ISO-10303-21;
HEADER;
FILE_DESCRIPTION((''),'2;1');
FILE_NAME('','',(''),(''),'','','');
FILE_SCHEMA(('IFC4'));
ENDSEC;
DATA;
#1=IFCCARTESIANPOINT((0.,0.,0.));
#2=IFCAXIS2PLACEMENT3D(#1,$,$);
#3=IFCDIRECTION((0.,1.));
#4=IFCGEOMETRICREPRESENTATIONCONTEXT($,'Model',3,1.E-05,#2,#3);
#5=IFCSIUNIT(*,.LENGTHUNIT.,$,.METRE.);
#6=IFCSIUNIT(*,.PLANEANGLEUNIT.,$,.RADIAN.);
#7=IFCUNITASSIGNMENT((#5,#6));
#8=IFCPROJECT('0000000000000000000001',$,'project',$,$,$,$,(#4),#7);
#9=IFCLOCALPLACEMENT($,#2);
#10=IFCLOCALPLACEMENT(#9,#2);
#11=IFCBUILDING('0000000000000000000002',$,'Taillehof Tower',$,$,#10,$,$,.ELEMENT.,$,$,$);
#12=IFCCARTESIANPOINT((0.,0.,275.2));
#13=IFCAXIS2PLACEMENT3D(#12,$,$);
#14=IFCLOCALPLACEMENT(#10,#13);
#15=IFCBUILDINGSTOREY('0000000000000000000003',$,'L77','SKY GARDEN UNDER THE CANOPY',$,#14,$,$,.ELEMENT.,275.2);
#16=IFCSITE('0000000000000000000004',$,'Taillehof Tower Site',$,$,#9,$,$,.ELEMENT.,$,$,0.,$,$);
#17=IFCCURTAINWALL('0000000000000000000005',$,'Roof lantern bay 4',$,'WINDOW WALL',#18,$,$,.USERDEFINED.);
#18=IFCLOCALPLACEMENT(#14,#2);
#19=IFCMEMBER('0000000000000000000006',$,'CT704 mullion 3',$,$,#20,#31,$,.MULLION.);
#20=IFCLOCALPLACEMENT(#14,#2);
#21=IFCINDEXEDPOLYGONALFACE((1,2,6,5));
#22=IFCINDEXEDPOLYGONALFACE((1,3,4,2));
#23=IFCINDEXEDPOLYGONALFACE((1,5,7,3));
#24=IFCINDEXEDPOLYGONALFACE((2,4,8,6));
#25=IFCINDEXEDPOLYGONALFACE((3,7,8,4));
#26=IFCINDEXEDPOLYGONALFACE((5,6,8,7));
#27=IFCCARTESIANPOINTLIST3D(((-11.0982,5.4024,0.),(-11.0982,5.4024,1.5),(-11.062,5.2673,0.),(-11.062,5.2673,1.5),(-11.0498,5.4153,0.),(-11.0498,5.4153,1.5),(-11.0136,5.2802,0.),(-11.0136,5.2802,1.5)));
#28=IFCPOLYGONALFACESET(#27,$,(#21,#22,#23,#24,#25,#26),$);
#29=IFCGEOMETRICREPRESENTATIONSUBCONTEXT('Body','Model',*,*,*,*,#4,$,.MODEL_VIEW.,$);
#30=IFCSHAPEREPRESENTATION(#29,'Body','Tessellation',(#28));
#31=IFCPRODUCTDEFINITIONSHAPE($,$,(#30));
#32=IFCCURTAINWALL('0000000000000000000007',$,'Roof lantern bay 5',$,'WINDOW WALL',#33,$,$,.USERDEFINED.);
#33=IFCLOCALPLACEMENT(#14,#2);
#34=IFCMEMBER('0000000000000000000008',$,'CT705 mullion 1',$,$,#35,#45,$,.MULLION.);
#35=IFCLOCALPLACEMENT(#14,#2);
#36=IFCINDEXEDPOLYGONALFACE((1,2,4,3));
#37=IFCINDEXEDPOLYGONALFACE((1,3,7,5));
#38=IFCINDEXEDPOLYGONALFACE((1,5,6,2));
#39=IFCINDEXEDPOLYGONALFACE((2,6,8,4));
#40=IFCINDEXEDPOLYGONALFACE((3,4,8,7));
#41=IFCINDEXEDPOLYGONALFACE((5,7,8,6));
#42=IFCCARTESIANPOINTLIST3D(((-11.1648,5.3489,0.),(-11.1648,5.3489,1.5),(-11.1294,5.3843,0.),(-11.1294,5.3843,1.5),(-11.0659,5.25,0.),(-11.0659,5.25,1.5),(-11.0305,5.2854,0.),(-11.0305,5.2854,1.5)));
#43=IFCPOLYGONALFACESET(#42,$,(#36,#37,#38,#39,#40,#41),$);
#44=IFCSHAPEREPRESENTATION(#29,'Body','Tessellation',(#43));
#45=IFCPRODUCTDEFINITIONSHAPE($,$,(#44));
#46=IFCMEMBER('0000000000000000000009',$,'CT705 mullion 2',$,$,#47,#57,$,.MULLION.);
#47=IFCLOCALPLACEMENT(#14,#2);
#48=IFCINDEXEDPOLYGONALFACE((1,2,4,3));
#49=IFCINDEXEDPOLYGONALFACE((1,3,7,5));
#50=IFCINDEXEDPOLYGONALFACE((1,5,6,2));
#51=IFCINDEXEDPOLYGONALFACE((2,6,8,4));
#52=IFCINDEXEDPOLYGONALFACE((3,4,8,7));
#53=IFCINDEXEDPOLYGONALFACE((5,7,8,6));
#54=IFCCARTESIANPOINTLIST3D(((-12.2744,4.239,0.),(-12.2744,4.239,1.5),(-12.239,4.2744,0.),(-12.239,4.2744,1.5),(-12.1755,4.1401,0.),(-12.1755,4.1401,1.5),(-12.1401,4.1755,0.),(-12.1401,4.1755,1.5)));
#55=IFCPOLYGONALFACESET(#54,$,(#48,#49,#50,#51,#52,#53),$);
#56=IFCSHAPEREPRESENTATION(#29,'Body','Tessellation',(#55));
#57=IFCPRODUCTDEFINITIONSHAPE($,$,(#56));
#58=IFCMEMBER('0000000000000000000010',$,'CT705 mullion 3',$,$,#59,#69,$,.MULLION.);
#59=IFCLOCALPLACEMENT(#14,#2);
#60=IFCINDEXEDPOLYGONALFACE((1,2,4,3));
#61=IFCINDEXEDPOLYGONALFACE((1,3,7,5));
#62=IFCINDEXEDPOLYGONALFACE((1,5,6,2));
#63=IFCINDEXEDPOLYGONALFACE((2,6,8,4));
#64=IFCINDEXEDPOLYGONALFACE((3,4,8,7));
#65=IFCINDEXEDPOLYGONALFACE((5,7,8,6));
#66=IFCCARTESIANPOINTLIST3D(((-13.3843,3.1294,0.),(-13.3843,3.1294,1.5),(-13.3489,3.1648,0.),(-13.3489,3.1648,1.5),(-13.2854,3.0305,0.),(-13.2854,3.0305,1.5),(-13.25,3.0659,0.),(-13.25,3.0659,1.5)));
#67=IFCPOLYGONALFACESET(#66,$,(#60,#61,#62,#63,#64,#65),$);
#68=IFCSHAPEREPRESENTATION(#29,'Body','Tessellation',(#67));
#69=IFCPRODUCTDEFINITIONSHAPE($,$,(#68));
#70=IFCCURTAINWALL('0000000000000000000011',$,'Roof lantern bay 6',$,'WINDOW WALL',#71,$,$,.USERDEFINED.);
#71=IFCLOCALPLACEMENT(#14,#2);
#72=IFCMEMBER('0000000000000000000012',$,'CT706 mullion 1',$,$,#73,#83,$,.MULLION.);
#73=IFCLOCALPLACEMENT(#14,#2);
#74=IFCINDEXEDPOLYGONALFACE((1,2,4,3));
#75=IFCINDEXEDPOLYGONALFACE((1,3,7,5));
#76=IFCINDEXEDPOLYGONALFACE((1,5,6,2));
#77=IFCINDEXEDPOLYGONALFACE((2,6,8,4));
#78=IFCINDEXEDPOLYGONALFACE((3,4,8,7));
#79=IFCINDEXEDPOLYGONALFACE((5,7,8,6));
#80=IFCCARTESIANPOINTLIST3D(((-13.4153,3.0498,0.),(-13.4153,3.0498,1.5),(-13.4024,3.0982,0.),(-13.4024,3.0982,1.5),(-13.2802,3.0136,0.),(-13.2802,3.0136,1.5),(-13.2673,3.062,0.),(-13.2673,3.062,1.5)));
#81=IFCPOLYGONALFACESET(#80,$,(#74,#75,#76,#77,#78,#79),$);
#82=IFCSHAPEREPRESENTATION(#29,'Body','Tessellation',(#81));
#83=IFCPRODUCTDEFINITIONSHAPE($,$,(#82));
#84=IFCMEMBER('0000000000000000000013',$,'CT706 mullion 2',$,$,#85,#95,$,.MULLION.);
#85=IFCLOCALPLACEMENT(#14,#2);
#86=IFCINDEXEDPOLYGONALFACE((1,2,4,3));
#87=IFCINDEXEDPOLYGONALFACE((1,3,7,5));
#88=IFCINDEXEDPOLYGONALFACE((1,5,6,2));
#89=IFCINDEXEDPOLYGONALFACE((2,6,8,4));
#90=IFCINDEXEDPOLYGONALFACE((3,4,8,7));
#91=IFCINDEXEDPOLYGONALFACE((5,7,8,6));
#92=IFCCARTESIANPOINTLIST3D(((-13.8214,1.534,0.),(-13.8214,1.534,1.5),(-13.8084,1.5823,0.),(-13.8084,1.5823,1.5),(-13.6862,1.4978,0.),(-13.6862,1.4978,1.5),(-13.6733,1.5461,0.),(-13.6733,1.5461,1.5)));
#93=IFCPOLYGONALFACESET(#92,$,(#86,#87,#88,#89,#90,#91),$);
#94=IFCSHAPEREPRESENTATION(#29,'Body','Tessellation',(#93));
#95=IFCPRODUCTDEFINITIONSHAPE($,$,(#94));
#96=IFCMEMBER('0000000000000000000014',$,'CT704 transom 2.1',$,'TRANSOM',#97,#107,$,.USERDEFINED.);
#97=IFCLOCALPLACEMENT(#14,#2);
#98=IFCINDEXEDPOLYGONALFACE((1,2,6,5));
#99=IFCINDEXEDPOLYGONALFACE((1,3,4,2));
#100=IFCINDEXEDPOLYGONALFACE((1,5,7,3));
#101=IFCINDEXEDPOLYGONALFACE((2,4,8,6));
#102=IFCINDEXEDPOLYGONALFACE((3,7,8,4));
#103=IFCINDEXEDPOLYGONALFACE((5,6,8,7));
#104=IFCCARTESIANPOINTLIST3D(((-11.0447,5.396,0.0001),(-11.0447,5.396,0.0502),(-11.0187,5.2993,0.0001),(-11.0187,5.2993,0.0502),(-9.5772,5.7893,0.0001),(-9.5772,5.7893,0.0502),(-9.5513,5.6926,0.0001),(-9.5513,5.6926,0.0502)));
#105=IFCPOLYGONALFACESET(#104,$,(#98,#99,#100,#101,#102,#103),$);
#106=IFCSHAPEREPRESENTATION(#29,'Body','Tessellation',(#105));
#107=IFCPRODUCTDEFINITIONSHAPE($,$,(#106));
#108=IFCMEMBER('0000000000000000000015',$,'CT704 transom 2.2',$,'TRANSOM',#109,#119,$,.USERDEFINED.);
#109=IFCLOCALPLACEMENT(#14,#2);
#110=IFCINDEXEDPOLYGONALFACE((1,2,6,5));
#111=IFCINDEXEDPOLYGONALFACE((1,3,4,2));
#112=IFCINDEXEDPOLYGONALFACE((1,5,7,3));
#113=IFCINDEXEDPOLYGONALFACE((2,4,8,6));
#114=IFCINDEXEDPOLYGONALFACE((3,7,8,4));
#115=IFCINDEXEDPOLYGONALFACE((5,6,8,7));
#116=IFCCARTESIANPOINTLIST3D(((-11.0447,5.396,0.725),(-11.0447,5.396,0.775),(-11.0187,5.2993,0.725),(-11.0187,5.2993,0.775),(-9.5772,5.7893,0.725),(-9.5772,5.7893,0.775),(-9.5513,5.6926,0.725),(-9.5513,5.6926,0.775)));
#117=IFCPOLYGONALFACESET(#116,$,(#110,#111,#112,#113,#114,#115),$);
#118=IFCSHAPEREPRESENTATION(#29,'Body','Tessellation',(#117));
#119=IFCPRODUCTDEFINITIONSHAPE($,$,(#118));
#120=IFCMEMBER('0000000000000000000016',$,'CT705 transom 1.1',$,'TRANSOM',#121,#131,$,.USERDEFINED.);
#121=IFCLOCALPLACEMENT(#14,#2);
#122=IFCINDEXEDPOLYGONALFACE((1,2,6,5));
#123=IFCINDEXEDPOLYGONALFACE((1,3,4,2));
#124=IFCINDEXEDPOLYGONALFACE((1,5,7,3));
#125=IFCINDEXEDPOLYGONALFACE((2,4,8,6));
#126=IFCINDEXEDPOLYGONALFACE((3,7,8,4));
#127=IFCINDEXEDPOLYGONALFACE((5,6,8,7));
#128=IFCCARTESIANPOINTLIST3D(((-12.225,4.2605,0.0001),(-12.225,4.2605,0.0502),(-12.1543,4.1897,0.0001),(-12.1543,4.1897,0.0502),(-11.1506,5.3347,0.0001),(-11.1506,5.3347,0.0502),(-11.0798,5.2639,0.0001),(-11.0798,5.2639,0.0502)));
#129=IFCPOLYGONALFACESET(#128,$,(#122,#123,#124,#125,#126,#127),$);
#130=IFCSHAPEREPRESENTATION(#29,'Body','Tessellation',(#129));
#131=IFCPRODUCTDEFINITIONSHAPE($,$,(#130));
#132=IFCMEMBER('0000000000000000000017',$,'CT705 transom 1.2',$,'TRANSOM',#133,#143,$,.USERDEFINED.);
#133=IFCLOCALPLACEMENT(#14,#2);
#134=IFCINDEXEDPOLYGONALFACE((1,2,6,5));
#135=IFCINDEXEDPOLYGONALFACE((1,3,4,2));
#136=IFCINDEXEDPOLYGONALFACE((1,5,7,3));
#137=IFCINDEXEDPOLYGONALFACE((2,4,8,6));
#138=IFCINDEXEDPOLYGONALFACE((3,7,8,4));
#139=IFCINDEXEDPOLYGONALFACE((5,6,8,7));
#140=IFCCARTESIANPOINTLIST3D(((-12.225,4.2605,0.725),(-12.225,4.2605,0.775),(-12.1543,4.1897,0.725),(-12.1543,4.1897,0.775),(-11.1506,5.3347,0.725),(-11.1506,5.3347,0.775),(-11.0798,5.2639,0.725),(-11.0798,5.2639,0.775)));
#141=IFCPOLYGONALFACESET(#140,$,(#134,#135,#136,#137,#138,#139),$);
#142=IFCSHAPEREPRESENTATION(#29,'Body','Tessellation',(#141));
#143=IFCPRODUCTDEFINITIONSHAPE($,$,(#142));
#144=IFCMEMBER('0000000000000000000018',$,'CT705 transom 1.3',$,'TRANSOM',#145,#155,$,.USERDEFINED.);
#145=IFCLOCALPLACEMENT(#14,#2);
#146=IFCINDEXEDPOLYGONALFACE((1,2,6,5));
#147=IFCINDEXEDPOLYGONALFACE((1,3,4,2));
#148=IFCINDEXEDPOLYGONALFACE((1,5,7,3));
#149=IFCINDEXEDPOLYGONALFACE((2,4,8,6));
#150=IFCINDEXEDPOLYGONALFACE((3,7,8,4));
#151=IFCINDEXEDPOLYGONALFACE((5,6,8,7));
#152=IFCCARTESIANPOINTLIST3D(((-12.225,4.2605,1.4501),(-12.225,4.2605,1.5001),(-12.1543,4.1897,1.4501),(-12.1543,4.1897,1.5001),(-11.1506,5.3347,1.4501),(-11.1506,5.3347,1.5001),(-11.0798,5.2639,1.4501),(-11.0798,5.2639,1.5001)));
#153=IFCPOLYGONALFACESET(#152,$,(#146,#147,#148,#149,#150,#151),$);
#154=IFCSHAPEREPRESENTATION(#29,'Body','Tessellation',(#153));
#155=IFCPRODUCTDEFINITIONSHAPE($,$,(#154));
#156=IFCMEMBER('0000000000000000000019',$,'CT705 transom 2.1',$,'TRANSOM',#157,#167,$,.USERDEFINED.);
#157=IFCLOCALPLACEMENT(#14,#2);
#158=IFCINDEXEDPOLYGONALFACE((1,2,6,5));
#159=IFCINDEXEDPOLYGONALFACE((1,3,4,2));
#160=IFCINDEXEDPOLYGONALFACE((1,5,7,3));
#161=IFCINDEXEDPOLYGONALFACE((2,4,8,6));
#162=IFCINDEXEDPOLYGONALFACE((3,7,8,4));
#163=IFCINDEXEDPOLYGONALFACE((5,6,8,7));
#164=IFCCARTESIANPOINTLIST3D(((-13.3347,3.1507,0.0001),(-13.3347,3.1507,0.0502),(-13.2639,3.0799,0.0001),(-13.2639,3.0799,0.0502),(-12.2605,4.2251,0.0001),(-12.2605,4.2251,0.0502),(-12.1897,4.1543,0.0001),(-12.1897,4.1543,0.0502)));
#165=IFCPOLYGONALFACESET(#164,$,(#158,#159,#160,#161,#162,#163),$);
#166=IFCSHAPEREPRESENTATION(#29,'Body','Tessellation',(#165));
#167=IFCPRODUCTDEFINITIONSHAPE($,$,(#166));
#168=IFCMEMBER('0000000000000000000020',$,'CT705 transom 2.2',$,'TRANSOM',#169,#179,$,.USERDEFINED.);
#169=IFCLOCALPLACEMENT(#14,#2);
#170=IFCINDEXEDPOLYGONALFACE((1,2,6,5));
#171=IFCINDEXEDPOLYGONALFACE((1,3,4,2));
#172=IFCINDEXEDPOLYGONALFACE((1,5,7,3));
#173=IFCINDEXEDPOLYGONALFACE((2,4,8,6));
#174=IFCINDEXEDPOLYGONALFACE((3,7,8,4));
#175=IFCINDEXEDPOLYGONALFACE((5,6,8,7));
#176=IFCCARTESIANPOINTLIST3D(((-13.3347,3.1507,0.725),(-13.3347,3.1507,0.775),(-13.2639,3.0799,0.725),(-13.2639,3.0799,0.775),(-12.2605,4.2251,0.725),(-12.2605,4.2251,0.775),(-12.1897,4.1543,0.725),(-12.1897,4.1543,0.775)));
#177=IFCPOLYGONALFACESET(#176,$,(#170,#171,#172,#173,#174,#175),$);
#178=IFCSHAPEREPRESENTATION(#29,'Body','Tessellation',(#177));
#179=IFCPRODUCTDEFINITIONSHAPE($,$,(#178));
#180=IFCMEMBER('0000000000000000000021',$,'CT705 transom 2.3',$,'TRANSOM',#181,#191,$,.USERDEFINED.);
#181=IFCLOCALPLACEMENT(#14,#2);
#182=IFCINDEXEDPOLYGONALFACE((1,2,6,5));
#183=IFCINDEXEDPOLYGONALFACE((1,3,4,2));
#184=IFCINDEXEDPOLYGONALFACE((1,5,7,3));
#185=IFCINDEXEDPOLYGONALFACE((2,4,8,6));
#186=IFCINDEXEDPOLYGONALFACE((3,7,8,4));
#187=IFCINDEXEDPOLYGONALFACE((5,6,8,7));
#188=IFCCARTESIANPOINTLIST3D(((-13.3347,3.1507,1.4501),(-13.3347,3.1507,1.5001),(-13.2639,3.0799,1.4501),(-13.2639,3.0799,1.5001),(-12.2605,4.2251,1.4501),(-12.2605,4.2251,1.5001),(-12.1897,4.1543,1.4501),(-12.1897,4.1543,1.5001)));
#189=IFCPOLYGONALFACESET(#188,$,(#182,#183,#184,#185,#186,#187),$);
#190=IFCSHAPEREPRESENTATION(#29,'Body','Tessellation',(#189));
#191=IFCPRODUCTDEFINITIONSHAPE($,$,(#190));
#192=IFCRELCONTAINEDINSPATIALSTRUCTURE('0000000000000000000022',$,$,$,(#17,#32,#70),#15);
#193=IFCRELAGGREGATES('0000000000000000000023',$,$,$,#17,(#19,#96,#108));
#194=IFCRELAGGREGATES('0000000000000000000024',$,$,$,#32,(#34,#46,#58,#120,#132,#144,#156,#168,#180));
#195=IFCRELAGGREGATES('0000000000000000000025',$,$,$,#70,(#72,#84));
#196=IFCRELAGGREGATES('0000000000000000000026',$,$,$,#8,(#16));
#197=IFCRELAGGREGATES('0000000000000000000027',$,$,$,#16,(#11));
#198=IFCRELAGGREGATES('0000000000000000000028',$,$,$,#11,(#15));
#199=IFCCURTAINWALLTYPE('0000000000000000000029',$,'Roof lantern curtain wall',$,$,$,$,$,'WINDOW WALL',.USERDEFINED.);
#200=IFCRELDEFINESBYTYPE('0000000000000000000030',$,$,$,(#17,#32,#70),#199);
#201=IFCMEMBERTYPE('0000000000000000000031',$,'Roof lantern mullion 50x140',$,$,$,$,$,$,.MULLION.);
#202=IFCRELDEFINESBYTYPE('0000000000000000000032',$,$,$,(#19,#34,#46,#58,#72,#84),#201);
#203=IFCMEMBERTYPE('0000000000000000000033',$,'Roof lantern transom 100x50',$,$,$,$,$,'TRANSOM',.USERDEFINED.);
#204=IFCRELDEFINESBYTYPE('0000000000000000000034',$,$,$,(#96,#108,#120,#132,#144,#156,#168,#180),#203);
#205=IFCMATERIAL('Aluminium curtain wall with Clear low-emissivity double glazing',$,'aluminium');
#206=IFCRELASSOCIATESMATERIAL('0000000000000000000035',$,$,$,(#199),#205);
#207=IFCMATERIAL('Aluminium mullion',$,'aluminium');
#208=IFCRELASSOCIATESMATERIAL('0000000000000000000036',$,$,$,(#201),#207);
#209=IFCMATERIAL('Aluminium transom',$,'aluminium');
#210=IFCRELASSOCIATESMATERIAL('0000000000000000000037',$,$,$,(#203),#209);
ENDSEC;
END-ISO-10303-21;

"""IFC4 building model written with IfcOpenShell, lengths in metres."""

from ifc_helpers import new_model, si_unit, direction, frame, origin, origin_2d, place, context, subcontext, project, spatial, rectangle, extrude, material, material_profile, profile_set, type_object, element, aggregate, save


model = new_model("IFC4")

# Units and contexts
model_context = context("Model", 3, precision=1e-05, world=origin(), true_north=direction((0.0, 1.0)))
body_context = subcontext(model_context, "Body", "Model", "MODEL_VIEW")
ifc_project = project(units=[si_unit("LENGTHUNIT", "METRE"), si_unit("PLANEANGLEUNIT", "RADIAN")], contexts=[model_context])

# Site, building, storey
site_placement = place(None, origin())
site = spatial("IfcSite", under=ifc_project, at=site_placement, Name="Taillehof Tower Site", CompositionType="ELEMENT", RefElevation=0.0)
building_placement = place(site_placement, origin())
building = spatial("IfcBuilding", under=site, at=building_placement, Name="Taillehof Tower", CompositionType="ELEMENT")
storey_placement = place(building_placement, frame((0.0, 0.0, 275.2)))
storey = spatial("IfcBuildingStorey", under=building, at=storey_placement, Name="L77", Description="SKY GARDEN UNDER THE CANOPY", CompositionType="ELEMENT", Elevation=275.2)

# Curtain wall, member
ifc_material_1 = material(Name="Aluminium curtain wall with Clear low-emissivity double glazing", Category="aluminium")
curtain_wall_type = type_object("IfcCurtainWallType", Name="Roof lantern curtain wall", ElementType="WINDOW WALL", PredefinedType="USERDEFINED", material=ifc_material_1)
curtain_wall_1_placement = place(storey_placement, origin())
curtain_wall_1 = element("IfcCurtainWall", 1, at=curtain_wall_1_placement, inside=storey, type_object=curtain_wall_type, Name="Roof lantern bay 4", ObjectType="WINDOW WALL", PredefinedType="USERDEFINED")
ifc_material_2 = material(Name="Aluminium mullion", Category="aluminium")
ifc_material_profile_1 = material_profile(ifc_material_2, rectangle(XDim=0.1399, YDim=0.05, at=origin_2d()), Name="AL 50x140")
ifc_profile_set_1 = profile_set([ifc_material_profile_1], Name="Aluminium mullion")
member_type_1 = type_object("IfcMemberType", Name="Roof lantern mullion 50x140", PredefinedType="MULLION", material=ifc_profile_set_1)
member_1_placement = place(storey_placement, frame((-11.0559, 5.3413, 0.0), z_axis=(0.0, 0.0, 1.0), x_axis=(0.258819, -0.965926, 0.0)))
member_1 = element("IfcMember", 2, at=member_1_placement, type_object=member_type_1, Name="CT704 mullion 3", PredefinedType="MULLION", context=body_context, shape_type="SweptSolid", body=[
    extrude(rectangle(XDim=0.1399, YDim=0.05, at=origin_2d()), origin(), (0.0, 0.0, 1.0), 1.5),
])

# Curtain walls, members
curtain_wall_2_placement = place(storey_placement, origin())
curtain_wall_2 = element("IfcCurtainWall", 3, at=curtain_wall_2_placement, inside=storey, type_object=curtain_wall_type, Name="Roof lantern bay 5", ObjectType="WINDOW WALL", PredefinedType="USERDEFINED")
member_2_placement = place(storey_placement, frame((-11.0977, 5.3171, 0.0), z_axis=(0.0, 0.0, 1.0), x_axis=(0.707107, -0.707107, 0.0)))
member_2 = element("IfcMember", 4, at=member_2_placement, type_object=member_type_1, Name="CT705 mullion 1", PredefinedType="MULLION", context=body_context, shape_type="SweptSolid", body=[
    extrude(rectangle(XDim=0.1399, YDim=0.05, at=origin_2d()), origin(), (0.0, 0.0, 1.0), 1.5),
])
member_3_placement = place(storey_placement, frame((-12.2073, 4.2073, 0.0), z_axis=(0.0, 0.0, 1.0), x_axis=(0.707107, -0.707107, 0.0)))
member_3 = element("IfcMember", 5, at=member_3_placement, type_object=member_type_1, Name="CT705 mullion 2", PredefinedType="MULLION", context=body_context, shape_type="SweptSolid", body=[
    extrude(rectangle(XDim=0.1399, YDim=0.05, at=origin_2d()), origin(), (0.0, 0.0, 1.0), 1.5),
])
member_4_placement = place(storey_placement, frame((-13.3171, 3.0977, 0.0), z_axis=(0.0, 0.0, 1.0), x_axis=(0.707107, -0.707107, 0.0)))
member_4 = element("IfcMember", 6, at=member_4_placement, type_object=member_type_1, Name="CT705 mullion 3", PredefinedType="MULLION", context=body_context, shape_type="SweptSolid", body=[
    extrude(rectangle(XDim=0.1399, YDim=0.05, at=origin_2d()), origin(), (0.0, 0.0, 1.0), 1.5),
])
curtain_wall_3_placement = place(storey_placement, origin())
curtain_wall_3 = element("IfcCurtainWall", 7, at=curtain_wall_3_placement, inside=storey, type_object=curtain_wall_type, Name="Roof lantern bay 6", ObjectType="WINDOW WALL", PredefinedType="USERDEFINED")
member_5_placement = place(storey_placement, frame((-13.3413, 3.0559, 0.0), z_axis=(0.0, 0.0, 1.0), x_axis=(0.965926, -0.258819, 0.0)))
member_5 = element("IfcMember", 8, at=member_5_placement, type_object=member_type_1, Name="CT706 mullion 1", PredefinedType="MULLION", context=body_context, shape_type="SweptSolid", body=[
    extrude(rectangle(XDim=0.1399, YDim=0.05, at=origin_2d()), origin(), (0.0, 0.0, 1.0), 1.5),
])
member_6_placement = place(storey_placement, frame((-13.7473, 1.54, 0.0), z_axis=(0.0, 0.0, 1.0), x_axis=(0.965926, -0.258819, 0.0)))
member_6 = element("IfcMember", 9, at=member_6_placement, type_object=member_type_1, Name="CT706 mullion 2", PredefinedType="MULLION", context=body_context, shape_type="SweptSolid", body=[
    extrude(rectangle(XDim=0.1399, YDim=0.05, at=origin_2d()), origin(), (0.0, 0.0, 1.0), 1.5),
])

# Members
ifc_material_3 = material(Name="Aluminium transom", Category="aluminium")
ifc_material_profile_2 = material_profile(ifc_material_3, rectangle(XDim=0.1001, YDim=0.05, at=origin_2d()), Name="AL 100x50")
ifc_profile_set_2 = profile_set([ifc_material_profile_2], Name="Aluminium transom")
member_type_2 = type_object("IfcMemberType", Name="Roof lantern transom 100x50", ElementType="TRANSOM", PredefinedType="USERDEFINED", material=ifc_profile_set_2)
member_7_placement = place(storey_placement, frame((-9.5642, 5.741, 0.0251), z_axis=(-0.965911, -0.258873, 0.0), x_axis=(0.258873, -0.965911, 0.0)))
member_7 = element("IfcMember", 10, at=member_7_placement, type_object=member_type_2, Name="CT704 transom 2.1", ObjectType="TRANSOM", PredefinedType="USERDEFINED", context=body_context, shape_type="SweptSolid", body=[
    extrude(rectangle(XDim=0.1001, YDim=0.05, at=origin_2d()), origin(), (0.0, 0.0, 1.0), 1.5193),
])
member_8_placement = place(storey_placement, frame((-9.5642, 5.741, 0.75), z_axis=(-0.965911, -0.258873, 0.0), x_axis=(0.258873, -0.965911, 0.0)))
member_8 = element("IfcMember", 11, at=member_8_placement, type_object=member_type_2, Name="CT704 transom 2.2", ObjectType="TRANSOM", PredefinedType="USERDEFINED", context=body_context, shape_type="SweptSolid", body=[
    extrude(rectangle(XDim=0.1001, YDim=0.05, at=origin_2d()), origin(), (0.0, 0.0, 1.0), 1.5193),
])
member_9_placement = place(storey_placement, frame((-11.1152, 5.2993, 0.0251), z_axis=(-0.707187, -0.707026, 0.0), x_axis=(0.707026, -0.707187, 0.0)))
member_9 = element("IfcMember", 12, at=member_9_placement, type_object=member_type_2, Name="CT705 transom 1.1", ObjectType="TRANSOM", PredefinedType="USERDEFINED", context=body_context, shape_type="SweptSolid", body=[
    extrude(rectangle(XDim=0.1001, YDim=0.05, at=origin_2d()), origin(), (0.0, 0.0, 1.0), 1.5193),
])
member_10_placement = place(storey_placement, frame((-11.1152, 5.2993, 0.75), z_axis=(-0.707187, -0.707026, 0.0), x_axis=(0.707026, -0.707187, 0.0)))
member_10 = element("IfcMember", 13, at=member_10_placement, type_object=member_type_2, Name="CT705 transom 1.2", ObjectType="TRANSOM", PredefinedType="USERDEFINED", context=body_context, shape_type="SweptSolid", body=[
    extrude(rectangle(XDim=0.1001, YDim=0.05, at=origin_2d()), origin(), (0.0, 0.0, 1.0), 1.5193),
])
member_11_placement = place(storey_placement, frame((-11.1152, 5.2993, 1.4751), z_axis=(-0.707187, -0.707026, 0.0), x_axis=(0.707026, -0.707187, 0.0)))
member_11 = element("IfcMember", 14, at=member_11_placement, type_object=member_type_2, Name="CT705 transom 1.3", ObjectType="TRANSOM", PredefinedType="USERDEFINED", context=body_context, shape_type="SweptSolid", body=[
    extrude(rectangle(XDim=0.1001, YDim=0.05, at=origin_2d()), origin(), (0.0, 0.0, 1.0), 1.5193),
])
member_12_placement = place(storey_placement, frame((-12.2251, 4.1897, 0.0251), z_axis=(-0.707026, -0.707187, 0.0), x_axis=(0.707187, -0.707026, 0.0)))
member_12 = element("IfcMember", 15, at=member_12_placement, type_object=member_type_2, Name="CT705 transom 2.1", ObjectType="TRANSOM", PredefinedType="USERDEFINED", context=body_context, shape_type="SweptSolid", body=[
    extrude(rectangle(XDim=0.1001, YDim=0.05, at=origin_2d()), origin(), (0.0, 0.0, 1.0), 1.5193),
])
member_13_placement = place(storey_placement, frame((-12.2251, 4.1897, 0.75), z_axis=(-0.707026, -0.707187, 0.0), x_axis=(0.707187, -0.707026, 0.0)))
member_13 = element("IfcMember", 16, at=member_13_placement, type_object=member_type_2, Name="CT705 transom 2.2", ObjectType="TRANSOM", PredefinedType="USERDEFINED", context=body_context, shape_type="SweptSolid", body=[
    extrude(rectangle(XDim=0.1001, YDim=0.05, at=origin_2d()), origin(), (0.0, 0.0, 1.0), 1.5193),
])
member_14_placement = place(storey_placement, frame((-12.2251, 4.1897, 1.4751), z_axis=(-0.707026, -0.707187, 0.0), x_axis=(0.707187, -0.707026, 0.0)))
member_14 = element("IfcMember", 17, at=member_14_placement, type_object=member_type_2, Name="CT705 transom 2.3", ObjectType="TRANSOM", PredefinedType="USERDEFINED", context=body_context, shape_type="SweptSolid", body=[
    extrude(rectangle(XDim=0.1001, YDim=0.05, at=origin_2d()), origin(), (0.0, 0.0, 1.0), 1.5193),
])

aggregate(curtain_wall_1, [member_1, member_7, member_8])
aggregate(curtain_wall_2, [member_2, member_3, member_4, member_9, member_10, member_11, member_12, member_13, member_14])
aggregate(curtain_wall_3, [member_5, member_6])

save(model, "model.ifc")
